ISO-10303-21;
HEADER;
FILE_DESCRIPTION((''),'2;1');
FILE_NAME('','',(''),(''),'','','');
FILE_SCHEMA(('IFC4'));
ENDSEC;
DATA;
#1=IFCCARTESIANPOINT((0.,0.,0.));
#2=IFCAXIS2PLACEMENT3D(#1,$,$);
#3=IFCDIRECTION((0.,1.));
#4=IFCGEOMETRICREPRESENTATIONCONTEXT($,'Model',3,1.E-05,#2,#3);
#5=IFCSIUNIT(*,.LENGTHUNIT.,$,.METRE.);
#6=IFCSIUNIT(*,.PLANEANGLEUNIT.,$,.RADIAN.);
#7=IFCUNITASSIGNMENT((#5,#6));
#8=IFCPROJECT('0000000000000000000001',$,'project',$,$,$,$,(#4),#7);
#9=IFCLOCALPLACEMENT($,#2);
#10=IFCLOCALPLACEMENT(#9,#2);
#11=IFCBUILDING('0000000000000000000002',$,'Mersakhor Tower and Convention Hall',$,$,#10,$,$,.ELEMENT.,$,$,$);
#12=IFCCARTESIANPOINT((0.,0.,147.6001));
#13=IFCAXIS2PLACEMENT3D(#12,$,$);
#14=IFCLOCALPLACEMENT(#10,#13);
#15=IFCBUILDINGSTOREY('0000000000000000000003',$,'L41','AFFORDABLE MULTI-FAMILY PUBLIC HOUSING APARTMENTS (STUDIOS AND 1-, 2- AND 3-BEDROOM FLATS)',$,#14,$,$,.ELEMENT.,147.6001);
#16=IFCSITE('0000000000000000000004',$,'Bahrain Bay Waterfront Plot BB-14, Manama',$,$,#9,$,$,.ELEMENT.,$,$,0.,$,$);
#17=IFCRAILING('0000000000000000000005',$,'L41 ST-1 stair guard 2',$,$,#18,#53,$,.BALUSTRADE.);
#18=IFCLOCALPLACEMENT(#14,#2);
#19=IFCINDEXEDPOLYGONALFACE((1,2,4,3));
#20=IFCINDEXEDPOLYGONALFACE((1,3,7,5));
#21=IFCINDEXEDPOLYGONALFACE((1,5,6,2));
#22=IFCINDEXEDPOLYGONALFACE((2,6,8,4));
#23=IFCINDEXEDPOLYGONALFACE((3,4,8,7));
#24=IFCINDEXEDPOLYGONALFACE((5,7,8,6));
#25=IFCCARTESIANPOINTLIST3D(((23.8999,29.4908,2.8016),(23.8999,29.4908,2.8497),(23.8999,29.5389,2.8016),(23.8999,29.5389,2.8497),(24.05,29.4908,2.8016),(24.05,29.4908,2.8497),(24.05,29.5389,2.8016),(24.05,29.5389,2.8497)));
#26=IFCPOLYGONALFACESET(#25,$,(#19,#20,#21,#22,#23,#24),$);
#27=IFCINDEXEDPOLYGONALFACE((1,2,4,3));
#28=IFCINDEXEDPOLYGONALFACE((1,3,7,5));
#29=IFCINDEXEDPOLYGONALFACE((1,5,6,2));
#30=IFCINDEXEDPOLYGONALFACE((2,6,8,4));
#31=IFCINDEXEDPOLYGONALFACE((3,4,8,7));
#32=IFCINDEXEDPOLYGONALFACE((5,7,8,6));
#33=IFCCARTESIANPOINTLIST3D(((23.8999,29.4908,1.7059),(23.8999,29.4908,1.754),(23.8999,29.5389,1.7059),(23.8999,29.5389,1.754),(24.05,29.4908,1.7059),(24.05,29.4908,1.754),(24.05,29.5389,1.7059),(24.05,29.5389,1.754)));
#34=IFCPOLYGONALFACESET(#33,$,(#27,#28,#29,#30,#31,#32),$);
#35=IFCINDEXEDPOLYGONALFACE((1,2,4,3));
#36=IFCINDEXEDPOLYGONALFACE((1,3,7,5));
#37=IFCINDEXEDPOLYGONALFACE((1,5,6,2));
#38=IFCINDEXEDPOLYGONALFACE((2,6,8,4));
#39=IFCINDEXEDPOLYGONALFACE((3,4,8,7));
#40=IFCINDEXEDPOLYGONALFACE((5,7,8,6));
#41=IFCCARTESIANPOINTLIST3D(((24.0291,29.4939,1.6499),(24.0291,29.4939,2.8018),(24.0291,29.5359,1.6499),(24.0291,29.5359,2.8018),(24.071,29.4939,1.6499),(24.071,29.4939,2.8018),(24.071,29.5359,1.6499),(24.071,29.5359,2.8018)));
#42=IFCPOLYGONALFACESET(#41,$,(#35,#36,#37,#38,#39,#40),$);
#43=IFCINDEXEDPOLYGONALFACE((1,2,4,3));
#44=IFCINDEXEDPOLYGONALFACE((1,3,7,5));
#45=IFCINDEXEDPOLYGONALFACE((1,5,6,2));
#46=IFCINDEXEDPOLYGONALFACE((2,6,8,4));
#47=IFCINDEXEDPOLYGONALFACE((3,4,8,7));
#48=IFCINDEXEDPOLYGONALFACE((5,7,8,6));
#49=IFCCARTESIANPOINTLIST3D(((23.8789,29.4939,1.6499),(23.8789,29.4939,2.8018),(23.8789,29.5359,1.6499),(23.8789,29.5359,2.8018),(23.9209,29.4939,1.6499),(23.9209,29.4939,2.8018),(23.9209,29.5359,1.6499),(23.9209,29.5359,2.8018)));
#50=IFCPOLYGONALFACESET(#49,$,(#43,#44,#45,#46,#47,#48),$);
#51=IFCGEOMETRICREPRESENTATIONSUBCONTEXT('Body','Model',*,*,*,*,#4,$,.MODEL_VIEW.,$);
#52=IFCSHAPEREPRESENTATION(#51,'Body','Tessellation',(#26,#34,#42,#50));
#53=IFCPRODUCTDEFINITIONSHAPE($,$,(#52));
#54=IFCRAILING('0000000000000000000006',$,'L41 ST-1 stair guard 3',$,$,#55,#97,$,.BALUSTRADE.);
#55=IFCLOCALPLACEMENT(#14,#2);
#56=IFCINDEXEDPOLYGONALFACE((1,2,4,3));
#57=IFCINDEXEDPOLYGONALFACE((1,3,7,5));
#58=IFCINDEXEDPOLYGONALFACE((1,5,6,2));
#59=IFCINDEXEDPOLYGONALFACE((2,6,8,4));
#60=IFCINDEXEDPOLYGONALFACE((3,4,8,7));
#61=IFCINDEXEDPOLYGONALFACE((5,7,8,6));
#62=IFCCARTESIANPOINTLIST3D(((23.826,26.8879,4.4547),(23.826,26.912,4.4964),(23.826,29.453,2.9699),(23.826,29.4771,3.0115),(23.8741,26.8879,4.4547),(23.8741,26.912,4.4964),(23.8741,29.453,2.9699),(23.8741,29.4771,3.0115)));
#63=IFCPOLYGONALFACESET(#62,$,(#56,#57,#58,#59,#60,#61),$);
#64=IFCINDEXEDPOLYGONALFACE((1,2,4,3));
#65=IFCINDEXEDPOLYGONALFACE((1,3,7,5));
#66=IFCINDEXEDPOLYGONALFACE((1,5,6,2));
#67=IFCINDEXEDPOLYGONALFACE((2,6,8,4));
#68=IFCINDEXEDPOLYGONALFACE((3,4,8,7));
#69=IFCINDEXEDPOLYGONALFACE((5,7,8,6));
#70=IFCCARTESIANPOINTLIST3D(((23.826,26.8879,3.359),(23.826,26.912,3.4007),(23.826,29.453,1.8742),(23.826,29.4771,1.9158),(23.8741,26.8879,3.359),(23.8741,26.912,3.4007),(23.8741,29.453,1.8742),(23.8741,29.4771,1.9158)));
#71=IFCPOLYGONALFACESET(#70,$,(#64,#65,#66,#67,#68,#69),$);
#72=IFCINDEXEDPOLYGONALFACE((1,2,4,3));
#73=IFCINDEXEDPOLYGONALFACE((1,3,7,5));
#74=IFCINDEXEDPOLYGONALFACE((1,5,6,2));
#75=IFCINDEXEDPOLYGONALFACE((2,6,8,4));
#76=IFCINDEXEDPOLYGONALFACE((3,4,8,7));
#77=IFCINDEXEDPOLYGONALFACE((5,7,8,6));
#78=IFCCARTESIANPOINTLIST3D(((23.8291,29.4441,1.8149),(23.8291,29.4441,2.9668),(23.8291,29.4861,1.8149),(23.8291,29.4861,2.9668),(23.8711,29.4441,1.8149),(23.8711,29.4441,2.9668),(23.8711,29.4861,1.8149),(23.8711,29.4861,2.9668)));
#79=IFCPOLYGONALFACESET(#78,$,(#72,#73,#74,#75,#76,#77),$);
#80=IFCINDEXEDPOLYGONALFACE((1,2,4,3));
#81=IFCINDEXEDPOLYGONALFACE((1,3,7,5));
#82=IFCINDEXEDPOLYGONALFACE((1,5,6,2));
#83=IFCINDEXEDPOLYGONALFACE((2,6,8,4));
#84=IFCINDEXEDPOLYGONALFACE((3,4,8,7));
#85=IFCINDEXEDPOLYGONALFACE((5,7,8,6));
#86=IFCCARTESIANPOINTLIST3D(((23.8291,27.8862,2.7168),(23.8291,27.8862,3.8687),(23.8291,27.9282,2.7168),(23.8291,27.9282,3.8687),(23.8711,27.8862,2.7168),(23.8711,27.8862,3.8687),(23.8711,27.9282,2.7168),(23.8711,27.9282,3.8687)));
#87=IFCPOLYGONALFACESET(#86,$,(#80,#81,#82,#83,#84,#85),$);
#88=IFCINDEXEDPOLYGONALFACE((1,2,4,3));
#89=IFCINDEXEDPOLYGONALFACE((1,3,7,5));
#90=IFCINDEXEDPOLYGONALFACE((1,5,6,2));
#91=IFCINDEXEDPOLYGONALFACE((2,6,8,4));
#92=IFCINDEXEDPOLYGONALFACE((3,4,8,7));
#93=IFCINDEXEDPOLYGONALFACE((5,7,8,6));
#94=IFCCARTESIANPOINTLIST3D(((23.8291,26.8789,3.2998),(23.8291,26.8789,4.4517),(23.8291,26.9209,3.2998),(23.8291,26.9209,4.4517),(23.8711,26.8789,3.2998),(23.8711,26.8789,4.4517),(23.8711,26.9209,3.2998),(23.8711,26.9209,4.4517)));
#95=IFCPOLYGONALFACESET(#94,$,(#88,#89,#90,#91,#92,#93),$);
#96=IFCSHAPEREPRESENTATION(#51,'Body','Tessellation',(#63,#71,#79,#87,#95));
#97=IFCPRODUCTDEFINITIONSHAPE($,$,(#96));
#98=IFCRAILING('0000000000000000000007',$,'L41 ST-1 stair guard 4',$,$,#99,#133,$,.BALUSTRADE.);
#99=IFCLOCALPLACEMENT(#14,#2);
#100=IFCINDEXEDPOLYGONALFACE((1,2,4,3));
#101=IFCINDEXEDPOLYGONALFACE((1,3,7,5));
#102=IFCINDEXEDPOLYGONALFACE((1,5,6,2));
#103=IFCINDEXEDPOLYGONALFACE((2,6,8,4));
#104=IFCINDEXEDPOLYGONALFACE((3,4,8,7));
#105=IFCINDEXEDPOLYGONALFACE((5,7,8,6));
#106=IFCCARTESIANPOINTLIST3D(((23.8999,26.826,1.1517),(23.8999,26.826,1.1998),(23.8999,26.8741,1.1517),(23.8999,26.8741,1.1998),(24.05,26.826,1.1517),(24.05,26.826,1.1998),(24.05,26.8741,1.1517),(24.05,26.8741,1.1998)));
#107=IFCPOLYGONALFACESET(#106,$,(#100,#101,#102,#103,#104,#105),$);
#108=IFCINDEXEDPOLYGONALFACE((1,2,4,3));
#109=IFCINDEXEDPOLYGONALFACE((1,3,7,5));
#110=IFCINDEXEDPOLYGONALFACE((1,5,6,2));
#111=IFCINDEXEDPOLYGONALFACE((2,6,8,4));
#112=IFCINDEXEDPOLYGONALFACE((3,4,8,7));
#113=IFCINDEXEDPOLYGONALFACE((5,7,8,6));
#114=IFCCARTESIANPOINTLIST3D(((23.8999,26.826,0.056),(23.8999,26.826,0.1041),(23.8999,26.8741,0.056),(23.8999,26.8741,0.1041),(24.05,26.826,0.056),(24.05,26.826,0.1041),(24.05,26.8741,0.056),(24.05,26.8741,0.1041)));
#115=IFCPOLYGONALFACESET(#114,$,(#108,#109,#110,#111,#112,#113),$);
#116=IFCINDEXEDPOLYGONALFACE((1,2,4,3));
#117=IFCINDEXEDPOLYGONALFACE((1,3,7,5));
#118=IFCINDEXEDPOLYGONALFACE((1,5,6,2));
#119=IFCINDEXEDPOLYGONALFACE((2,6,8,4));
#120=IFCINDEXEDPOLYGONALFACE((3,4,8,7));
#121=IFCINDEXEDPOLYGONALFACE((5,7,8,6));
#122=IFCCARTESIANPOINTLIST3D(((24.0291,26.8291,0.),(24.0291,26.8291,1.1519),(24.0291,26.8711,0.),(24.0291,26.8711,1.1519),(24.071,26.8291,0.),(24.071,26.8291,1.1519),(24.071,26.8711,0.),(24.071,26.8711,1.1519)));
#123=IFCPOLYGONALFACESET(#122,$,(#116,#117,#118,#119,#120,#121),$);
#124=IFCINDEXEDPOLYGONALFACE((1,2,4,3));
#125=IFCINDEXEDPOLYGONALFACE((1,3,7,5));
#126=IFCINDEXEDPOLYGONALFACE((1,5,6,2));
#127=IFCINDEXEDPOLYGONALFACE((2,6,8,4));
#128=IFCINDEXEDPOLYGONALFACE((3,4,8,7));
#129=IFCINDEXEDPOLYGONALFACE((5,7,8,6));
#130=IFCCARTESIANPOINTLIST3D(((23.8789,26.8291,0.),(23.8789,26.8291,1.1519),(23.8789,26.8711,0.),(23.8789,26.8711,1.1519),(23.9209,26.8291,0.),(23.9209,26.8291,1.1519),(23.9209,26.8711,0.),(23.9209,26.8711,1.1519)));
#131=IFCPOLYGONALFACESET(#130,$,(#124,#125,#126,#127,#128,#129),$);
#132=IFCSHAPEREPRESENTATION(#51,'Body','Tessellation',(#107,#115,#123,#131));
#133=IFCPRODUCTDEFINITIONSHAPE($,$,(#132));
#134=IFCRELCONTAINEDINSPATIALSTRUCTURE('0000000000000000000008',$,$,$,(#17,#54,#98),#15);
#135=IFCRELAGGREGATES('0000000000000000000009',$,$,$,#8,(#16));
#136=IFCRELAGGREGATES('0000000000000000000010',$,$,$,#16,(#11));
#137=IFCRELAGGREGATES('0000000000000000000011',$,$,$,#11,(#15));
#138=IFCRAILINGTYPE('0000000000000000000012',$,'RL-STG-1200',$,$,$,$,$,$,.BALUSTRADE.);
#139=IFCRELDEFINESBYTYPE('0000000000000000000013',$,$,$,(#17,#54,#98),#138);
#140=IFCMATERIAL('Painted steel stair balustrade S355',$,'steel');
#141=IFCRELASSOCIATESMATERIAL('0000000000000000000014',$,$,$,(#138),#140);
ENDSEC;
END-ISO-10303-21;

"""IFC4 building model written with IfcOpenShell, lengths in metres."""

from ifc_helpers import new_model, si_unit, direction, frame, origin, origin_2d, place, context, subcontext, project, spatial, rectangle, extrude, material, type_object, element, save


model = new_model("IFC4")

# Units and contexts
model_context = context("Model", 3, precision=1e-05, world=origin(), true_north=direction((0.0, 1.0)))
body_context = subcontext(model_context, "Body", "Model", "MODEL_VIEW")
ifc_project = project(units=[si_unit("LENGTHUNIT", "METRE"), si_unit("PLANEANGLEUNIT", "RADIAN")], contexts=[model_context])

# Site, building, storey
site_placement = place(None, origin())
site = spatial("IfcSite", under=ifc_project, at=site_placement, Name="Bahrain Bay Waterfront Plot BB-14, Manama", CompositionType="ELEMENT", RefElevation=0.0)
building_placement = place(site_placement, origin())
building = spatial("IfcBuilding", under=site, at=building_placement, Name="Mersakhor Tower and Convention Hall", CompositionType="ELEMENT")
storey_placement = place(building_placement, frame((0.0, 0.0, 147.6001)))
storey = spatial("IfcBuildingStorey", under=building, at=storey_placement, Name="L41", Description="AFFORDABLE MULTI-FAMILY PUBLIC HOUSING APARTMENTS (STUDIOS AND 1-, 2- AND 3-BEDROOM FLATS)", CompositionType="ELEMENT", Elevation=147.6001)

# Railings
ifc_material_1 = material(Name="Painted steel stair balustrade S355", Category="steel")
railing_type_1 = type_object("IfcRailingType", Name="RL-STG-1200", PredefinedType="BALUSTRADE", material=ifc_material_1)
railing_1_placement = place(storey_placement, frame((24.05, 29.5149, 1.6499)))
element("IfcRailing", 1, at=railing_1_placement, inside=storey, type_object=railing_type_1, Name="L41 ST-1 stair guard 2", PredefinedType="BALUSTRADE", context=body_context, shape_type="SweptSolid", body=[
    extrude(rectangle(XDim=0.0481, YDim=0.0481, at=origin_2d()), frame((0.0, 0.0, 1.1758), z_axis=(-1.0, 0.0, 0.0), x_axis=(0.0, -1.0, 0.0)), (0.0, 0.0, 1.0), 0.1501),
    extrude(rectangle(XDim=0.0481, YDim=0.0481, at=origin_2d()), frame((0.0, 0.0, 0.0801), z_axis=(-1.0, 0.0, 0.0), x_axis=(0.0, -1.0, 0.0)), (0.0, 0.0, 1.0), 0.1501),
    extrude(rectangle(XDim=0.042, YDim=0.042, at=origin_2d()), origin(), (0.0, 0.0, 1.0), 1.1519),
    extrude(rectangle(XDim=0.042, YDim=0.042, at=origin_2d()), frame((-0.1501, 0.0, 0.0)), (0.0, 0.0, 1.0), 1.1519),
])
railing_2_placement = place(storey_placement, frame((23.8501, 29.4651, 1.8149)))
element("IfcRailing", 2, at=railing_2_placement, inside=storey, type_object=railing_type_1, Name="L41 ST-1 stair guard 3", PredefinedType="BALUSTRADE", context=body_context, shape_type="SweptSolid", body=[
    extrude(rectangle(XDim=0.0481, YDim=0.0481, at=origin_2d()), frame((0.0, 0.0, 1.1758), z_axis=(0.0, -0.865462, 0.500975), x_axis=(1.0, 0.0, 0.0)), (0.0, 0.0, 1.0), 2.9639),
    extrude(rectangle(XDim=0.0481, YDim=0.0481, at=origin_2d()), frame((0.0, 0.0, 0.0801), z_axis=(0.0, -0.865462, 0.500975), x_axis=(1.0, 0.0, 0.0)), (0.0, 0.0, 1.0), 2.9639),
    extrude(rectangle(XDim=0.042, YDim=0.042, at=origin_2d()), origin(), (0.0, 0.0, 1.0), 1.1519),
    extrude(rectangle(XDim=0.042, YDim=0.042, at=origin_2d()), frame((0.0, -1.5579, 0.9019)), (0.0, 0.0, 1.0), 1.1519),
    extrude(rectangle(XDim=0.042, YDim=0.042, at=origin_2d()), frame((0.0, -2.5652, 1.4849)), (0.0, 0.0, 1.0), 1.1519),
])
railing_3_placement = place(storey_placement, frame((24.05, 26.8501, 0.0)))
element("IfcRailing", 3, at=railing_3_placement, inside=storey, type_object=railing_type_1, Name="L41 ST-1 stair guard 4", PredefinedType="BALUSTRADE", context=body_context, shape_type="SweptSolid", body=[
    extrude(rectangle(XDim=0.0481, YDim=0.0481, at=origin_2d()), frame((0.0, 0.0, 1.1758), z_axis=(-1.0, 0.0, 0.0), x_axis=(0.0, -1.0, 0.0)), (0.0, 0.0, 1.0), 0.1501),
    extrude(rectangle(XDim=0.0481, YDim=0.0481, at=origin_2d()), frame((0.0, 0.0, 0.0801), z_axis=(-1.0, 0.0, 0.0), x_axis=(0.0, -1.0, 0.0)), (0.0, 0.0, 1.0), 0.1501),
    extrude(rectangle(XDim=0.042, YDim=0.042, at=origin_2d()), origin(), (0.0, 0.0, 1.0), 1.1519),
    extrude(rectangle(XDim=0.042, YDim=0.042, at=origin_2d()), frame((-0.1501, 0.0, 0.0)), (0.0, 0.0, 1.0), 1.1519),
])

save(model, "model.ifc")
